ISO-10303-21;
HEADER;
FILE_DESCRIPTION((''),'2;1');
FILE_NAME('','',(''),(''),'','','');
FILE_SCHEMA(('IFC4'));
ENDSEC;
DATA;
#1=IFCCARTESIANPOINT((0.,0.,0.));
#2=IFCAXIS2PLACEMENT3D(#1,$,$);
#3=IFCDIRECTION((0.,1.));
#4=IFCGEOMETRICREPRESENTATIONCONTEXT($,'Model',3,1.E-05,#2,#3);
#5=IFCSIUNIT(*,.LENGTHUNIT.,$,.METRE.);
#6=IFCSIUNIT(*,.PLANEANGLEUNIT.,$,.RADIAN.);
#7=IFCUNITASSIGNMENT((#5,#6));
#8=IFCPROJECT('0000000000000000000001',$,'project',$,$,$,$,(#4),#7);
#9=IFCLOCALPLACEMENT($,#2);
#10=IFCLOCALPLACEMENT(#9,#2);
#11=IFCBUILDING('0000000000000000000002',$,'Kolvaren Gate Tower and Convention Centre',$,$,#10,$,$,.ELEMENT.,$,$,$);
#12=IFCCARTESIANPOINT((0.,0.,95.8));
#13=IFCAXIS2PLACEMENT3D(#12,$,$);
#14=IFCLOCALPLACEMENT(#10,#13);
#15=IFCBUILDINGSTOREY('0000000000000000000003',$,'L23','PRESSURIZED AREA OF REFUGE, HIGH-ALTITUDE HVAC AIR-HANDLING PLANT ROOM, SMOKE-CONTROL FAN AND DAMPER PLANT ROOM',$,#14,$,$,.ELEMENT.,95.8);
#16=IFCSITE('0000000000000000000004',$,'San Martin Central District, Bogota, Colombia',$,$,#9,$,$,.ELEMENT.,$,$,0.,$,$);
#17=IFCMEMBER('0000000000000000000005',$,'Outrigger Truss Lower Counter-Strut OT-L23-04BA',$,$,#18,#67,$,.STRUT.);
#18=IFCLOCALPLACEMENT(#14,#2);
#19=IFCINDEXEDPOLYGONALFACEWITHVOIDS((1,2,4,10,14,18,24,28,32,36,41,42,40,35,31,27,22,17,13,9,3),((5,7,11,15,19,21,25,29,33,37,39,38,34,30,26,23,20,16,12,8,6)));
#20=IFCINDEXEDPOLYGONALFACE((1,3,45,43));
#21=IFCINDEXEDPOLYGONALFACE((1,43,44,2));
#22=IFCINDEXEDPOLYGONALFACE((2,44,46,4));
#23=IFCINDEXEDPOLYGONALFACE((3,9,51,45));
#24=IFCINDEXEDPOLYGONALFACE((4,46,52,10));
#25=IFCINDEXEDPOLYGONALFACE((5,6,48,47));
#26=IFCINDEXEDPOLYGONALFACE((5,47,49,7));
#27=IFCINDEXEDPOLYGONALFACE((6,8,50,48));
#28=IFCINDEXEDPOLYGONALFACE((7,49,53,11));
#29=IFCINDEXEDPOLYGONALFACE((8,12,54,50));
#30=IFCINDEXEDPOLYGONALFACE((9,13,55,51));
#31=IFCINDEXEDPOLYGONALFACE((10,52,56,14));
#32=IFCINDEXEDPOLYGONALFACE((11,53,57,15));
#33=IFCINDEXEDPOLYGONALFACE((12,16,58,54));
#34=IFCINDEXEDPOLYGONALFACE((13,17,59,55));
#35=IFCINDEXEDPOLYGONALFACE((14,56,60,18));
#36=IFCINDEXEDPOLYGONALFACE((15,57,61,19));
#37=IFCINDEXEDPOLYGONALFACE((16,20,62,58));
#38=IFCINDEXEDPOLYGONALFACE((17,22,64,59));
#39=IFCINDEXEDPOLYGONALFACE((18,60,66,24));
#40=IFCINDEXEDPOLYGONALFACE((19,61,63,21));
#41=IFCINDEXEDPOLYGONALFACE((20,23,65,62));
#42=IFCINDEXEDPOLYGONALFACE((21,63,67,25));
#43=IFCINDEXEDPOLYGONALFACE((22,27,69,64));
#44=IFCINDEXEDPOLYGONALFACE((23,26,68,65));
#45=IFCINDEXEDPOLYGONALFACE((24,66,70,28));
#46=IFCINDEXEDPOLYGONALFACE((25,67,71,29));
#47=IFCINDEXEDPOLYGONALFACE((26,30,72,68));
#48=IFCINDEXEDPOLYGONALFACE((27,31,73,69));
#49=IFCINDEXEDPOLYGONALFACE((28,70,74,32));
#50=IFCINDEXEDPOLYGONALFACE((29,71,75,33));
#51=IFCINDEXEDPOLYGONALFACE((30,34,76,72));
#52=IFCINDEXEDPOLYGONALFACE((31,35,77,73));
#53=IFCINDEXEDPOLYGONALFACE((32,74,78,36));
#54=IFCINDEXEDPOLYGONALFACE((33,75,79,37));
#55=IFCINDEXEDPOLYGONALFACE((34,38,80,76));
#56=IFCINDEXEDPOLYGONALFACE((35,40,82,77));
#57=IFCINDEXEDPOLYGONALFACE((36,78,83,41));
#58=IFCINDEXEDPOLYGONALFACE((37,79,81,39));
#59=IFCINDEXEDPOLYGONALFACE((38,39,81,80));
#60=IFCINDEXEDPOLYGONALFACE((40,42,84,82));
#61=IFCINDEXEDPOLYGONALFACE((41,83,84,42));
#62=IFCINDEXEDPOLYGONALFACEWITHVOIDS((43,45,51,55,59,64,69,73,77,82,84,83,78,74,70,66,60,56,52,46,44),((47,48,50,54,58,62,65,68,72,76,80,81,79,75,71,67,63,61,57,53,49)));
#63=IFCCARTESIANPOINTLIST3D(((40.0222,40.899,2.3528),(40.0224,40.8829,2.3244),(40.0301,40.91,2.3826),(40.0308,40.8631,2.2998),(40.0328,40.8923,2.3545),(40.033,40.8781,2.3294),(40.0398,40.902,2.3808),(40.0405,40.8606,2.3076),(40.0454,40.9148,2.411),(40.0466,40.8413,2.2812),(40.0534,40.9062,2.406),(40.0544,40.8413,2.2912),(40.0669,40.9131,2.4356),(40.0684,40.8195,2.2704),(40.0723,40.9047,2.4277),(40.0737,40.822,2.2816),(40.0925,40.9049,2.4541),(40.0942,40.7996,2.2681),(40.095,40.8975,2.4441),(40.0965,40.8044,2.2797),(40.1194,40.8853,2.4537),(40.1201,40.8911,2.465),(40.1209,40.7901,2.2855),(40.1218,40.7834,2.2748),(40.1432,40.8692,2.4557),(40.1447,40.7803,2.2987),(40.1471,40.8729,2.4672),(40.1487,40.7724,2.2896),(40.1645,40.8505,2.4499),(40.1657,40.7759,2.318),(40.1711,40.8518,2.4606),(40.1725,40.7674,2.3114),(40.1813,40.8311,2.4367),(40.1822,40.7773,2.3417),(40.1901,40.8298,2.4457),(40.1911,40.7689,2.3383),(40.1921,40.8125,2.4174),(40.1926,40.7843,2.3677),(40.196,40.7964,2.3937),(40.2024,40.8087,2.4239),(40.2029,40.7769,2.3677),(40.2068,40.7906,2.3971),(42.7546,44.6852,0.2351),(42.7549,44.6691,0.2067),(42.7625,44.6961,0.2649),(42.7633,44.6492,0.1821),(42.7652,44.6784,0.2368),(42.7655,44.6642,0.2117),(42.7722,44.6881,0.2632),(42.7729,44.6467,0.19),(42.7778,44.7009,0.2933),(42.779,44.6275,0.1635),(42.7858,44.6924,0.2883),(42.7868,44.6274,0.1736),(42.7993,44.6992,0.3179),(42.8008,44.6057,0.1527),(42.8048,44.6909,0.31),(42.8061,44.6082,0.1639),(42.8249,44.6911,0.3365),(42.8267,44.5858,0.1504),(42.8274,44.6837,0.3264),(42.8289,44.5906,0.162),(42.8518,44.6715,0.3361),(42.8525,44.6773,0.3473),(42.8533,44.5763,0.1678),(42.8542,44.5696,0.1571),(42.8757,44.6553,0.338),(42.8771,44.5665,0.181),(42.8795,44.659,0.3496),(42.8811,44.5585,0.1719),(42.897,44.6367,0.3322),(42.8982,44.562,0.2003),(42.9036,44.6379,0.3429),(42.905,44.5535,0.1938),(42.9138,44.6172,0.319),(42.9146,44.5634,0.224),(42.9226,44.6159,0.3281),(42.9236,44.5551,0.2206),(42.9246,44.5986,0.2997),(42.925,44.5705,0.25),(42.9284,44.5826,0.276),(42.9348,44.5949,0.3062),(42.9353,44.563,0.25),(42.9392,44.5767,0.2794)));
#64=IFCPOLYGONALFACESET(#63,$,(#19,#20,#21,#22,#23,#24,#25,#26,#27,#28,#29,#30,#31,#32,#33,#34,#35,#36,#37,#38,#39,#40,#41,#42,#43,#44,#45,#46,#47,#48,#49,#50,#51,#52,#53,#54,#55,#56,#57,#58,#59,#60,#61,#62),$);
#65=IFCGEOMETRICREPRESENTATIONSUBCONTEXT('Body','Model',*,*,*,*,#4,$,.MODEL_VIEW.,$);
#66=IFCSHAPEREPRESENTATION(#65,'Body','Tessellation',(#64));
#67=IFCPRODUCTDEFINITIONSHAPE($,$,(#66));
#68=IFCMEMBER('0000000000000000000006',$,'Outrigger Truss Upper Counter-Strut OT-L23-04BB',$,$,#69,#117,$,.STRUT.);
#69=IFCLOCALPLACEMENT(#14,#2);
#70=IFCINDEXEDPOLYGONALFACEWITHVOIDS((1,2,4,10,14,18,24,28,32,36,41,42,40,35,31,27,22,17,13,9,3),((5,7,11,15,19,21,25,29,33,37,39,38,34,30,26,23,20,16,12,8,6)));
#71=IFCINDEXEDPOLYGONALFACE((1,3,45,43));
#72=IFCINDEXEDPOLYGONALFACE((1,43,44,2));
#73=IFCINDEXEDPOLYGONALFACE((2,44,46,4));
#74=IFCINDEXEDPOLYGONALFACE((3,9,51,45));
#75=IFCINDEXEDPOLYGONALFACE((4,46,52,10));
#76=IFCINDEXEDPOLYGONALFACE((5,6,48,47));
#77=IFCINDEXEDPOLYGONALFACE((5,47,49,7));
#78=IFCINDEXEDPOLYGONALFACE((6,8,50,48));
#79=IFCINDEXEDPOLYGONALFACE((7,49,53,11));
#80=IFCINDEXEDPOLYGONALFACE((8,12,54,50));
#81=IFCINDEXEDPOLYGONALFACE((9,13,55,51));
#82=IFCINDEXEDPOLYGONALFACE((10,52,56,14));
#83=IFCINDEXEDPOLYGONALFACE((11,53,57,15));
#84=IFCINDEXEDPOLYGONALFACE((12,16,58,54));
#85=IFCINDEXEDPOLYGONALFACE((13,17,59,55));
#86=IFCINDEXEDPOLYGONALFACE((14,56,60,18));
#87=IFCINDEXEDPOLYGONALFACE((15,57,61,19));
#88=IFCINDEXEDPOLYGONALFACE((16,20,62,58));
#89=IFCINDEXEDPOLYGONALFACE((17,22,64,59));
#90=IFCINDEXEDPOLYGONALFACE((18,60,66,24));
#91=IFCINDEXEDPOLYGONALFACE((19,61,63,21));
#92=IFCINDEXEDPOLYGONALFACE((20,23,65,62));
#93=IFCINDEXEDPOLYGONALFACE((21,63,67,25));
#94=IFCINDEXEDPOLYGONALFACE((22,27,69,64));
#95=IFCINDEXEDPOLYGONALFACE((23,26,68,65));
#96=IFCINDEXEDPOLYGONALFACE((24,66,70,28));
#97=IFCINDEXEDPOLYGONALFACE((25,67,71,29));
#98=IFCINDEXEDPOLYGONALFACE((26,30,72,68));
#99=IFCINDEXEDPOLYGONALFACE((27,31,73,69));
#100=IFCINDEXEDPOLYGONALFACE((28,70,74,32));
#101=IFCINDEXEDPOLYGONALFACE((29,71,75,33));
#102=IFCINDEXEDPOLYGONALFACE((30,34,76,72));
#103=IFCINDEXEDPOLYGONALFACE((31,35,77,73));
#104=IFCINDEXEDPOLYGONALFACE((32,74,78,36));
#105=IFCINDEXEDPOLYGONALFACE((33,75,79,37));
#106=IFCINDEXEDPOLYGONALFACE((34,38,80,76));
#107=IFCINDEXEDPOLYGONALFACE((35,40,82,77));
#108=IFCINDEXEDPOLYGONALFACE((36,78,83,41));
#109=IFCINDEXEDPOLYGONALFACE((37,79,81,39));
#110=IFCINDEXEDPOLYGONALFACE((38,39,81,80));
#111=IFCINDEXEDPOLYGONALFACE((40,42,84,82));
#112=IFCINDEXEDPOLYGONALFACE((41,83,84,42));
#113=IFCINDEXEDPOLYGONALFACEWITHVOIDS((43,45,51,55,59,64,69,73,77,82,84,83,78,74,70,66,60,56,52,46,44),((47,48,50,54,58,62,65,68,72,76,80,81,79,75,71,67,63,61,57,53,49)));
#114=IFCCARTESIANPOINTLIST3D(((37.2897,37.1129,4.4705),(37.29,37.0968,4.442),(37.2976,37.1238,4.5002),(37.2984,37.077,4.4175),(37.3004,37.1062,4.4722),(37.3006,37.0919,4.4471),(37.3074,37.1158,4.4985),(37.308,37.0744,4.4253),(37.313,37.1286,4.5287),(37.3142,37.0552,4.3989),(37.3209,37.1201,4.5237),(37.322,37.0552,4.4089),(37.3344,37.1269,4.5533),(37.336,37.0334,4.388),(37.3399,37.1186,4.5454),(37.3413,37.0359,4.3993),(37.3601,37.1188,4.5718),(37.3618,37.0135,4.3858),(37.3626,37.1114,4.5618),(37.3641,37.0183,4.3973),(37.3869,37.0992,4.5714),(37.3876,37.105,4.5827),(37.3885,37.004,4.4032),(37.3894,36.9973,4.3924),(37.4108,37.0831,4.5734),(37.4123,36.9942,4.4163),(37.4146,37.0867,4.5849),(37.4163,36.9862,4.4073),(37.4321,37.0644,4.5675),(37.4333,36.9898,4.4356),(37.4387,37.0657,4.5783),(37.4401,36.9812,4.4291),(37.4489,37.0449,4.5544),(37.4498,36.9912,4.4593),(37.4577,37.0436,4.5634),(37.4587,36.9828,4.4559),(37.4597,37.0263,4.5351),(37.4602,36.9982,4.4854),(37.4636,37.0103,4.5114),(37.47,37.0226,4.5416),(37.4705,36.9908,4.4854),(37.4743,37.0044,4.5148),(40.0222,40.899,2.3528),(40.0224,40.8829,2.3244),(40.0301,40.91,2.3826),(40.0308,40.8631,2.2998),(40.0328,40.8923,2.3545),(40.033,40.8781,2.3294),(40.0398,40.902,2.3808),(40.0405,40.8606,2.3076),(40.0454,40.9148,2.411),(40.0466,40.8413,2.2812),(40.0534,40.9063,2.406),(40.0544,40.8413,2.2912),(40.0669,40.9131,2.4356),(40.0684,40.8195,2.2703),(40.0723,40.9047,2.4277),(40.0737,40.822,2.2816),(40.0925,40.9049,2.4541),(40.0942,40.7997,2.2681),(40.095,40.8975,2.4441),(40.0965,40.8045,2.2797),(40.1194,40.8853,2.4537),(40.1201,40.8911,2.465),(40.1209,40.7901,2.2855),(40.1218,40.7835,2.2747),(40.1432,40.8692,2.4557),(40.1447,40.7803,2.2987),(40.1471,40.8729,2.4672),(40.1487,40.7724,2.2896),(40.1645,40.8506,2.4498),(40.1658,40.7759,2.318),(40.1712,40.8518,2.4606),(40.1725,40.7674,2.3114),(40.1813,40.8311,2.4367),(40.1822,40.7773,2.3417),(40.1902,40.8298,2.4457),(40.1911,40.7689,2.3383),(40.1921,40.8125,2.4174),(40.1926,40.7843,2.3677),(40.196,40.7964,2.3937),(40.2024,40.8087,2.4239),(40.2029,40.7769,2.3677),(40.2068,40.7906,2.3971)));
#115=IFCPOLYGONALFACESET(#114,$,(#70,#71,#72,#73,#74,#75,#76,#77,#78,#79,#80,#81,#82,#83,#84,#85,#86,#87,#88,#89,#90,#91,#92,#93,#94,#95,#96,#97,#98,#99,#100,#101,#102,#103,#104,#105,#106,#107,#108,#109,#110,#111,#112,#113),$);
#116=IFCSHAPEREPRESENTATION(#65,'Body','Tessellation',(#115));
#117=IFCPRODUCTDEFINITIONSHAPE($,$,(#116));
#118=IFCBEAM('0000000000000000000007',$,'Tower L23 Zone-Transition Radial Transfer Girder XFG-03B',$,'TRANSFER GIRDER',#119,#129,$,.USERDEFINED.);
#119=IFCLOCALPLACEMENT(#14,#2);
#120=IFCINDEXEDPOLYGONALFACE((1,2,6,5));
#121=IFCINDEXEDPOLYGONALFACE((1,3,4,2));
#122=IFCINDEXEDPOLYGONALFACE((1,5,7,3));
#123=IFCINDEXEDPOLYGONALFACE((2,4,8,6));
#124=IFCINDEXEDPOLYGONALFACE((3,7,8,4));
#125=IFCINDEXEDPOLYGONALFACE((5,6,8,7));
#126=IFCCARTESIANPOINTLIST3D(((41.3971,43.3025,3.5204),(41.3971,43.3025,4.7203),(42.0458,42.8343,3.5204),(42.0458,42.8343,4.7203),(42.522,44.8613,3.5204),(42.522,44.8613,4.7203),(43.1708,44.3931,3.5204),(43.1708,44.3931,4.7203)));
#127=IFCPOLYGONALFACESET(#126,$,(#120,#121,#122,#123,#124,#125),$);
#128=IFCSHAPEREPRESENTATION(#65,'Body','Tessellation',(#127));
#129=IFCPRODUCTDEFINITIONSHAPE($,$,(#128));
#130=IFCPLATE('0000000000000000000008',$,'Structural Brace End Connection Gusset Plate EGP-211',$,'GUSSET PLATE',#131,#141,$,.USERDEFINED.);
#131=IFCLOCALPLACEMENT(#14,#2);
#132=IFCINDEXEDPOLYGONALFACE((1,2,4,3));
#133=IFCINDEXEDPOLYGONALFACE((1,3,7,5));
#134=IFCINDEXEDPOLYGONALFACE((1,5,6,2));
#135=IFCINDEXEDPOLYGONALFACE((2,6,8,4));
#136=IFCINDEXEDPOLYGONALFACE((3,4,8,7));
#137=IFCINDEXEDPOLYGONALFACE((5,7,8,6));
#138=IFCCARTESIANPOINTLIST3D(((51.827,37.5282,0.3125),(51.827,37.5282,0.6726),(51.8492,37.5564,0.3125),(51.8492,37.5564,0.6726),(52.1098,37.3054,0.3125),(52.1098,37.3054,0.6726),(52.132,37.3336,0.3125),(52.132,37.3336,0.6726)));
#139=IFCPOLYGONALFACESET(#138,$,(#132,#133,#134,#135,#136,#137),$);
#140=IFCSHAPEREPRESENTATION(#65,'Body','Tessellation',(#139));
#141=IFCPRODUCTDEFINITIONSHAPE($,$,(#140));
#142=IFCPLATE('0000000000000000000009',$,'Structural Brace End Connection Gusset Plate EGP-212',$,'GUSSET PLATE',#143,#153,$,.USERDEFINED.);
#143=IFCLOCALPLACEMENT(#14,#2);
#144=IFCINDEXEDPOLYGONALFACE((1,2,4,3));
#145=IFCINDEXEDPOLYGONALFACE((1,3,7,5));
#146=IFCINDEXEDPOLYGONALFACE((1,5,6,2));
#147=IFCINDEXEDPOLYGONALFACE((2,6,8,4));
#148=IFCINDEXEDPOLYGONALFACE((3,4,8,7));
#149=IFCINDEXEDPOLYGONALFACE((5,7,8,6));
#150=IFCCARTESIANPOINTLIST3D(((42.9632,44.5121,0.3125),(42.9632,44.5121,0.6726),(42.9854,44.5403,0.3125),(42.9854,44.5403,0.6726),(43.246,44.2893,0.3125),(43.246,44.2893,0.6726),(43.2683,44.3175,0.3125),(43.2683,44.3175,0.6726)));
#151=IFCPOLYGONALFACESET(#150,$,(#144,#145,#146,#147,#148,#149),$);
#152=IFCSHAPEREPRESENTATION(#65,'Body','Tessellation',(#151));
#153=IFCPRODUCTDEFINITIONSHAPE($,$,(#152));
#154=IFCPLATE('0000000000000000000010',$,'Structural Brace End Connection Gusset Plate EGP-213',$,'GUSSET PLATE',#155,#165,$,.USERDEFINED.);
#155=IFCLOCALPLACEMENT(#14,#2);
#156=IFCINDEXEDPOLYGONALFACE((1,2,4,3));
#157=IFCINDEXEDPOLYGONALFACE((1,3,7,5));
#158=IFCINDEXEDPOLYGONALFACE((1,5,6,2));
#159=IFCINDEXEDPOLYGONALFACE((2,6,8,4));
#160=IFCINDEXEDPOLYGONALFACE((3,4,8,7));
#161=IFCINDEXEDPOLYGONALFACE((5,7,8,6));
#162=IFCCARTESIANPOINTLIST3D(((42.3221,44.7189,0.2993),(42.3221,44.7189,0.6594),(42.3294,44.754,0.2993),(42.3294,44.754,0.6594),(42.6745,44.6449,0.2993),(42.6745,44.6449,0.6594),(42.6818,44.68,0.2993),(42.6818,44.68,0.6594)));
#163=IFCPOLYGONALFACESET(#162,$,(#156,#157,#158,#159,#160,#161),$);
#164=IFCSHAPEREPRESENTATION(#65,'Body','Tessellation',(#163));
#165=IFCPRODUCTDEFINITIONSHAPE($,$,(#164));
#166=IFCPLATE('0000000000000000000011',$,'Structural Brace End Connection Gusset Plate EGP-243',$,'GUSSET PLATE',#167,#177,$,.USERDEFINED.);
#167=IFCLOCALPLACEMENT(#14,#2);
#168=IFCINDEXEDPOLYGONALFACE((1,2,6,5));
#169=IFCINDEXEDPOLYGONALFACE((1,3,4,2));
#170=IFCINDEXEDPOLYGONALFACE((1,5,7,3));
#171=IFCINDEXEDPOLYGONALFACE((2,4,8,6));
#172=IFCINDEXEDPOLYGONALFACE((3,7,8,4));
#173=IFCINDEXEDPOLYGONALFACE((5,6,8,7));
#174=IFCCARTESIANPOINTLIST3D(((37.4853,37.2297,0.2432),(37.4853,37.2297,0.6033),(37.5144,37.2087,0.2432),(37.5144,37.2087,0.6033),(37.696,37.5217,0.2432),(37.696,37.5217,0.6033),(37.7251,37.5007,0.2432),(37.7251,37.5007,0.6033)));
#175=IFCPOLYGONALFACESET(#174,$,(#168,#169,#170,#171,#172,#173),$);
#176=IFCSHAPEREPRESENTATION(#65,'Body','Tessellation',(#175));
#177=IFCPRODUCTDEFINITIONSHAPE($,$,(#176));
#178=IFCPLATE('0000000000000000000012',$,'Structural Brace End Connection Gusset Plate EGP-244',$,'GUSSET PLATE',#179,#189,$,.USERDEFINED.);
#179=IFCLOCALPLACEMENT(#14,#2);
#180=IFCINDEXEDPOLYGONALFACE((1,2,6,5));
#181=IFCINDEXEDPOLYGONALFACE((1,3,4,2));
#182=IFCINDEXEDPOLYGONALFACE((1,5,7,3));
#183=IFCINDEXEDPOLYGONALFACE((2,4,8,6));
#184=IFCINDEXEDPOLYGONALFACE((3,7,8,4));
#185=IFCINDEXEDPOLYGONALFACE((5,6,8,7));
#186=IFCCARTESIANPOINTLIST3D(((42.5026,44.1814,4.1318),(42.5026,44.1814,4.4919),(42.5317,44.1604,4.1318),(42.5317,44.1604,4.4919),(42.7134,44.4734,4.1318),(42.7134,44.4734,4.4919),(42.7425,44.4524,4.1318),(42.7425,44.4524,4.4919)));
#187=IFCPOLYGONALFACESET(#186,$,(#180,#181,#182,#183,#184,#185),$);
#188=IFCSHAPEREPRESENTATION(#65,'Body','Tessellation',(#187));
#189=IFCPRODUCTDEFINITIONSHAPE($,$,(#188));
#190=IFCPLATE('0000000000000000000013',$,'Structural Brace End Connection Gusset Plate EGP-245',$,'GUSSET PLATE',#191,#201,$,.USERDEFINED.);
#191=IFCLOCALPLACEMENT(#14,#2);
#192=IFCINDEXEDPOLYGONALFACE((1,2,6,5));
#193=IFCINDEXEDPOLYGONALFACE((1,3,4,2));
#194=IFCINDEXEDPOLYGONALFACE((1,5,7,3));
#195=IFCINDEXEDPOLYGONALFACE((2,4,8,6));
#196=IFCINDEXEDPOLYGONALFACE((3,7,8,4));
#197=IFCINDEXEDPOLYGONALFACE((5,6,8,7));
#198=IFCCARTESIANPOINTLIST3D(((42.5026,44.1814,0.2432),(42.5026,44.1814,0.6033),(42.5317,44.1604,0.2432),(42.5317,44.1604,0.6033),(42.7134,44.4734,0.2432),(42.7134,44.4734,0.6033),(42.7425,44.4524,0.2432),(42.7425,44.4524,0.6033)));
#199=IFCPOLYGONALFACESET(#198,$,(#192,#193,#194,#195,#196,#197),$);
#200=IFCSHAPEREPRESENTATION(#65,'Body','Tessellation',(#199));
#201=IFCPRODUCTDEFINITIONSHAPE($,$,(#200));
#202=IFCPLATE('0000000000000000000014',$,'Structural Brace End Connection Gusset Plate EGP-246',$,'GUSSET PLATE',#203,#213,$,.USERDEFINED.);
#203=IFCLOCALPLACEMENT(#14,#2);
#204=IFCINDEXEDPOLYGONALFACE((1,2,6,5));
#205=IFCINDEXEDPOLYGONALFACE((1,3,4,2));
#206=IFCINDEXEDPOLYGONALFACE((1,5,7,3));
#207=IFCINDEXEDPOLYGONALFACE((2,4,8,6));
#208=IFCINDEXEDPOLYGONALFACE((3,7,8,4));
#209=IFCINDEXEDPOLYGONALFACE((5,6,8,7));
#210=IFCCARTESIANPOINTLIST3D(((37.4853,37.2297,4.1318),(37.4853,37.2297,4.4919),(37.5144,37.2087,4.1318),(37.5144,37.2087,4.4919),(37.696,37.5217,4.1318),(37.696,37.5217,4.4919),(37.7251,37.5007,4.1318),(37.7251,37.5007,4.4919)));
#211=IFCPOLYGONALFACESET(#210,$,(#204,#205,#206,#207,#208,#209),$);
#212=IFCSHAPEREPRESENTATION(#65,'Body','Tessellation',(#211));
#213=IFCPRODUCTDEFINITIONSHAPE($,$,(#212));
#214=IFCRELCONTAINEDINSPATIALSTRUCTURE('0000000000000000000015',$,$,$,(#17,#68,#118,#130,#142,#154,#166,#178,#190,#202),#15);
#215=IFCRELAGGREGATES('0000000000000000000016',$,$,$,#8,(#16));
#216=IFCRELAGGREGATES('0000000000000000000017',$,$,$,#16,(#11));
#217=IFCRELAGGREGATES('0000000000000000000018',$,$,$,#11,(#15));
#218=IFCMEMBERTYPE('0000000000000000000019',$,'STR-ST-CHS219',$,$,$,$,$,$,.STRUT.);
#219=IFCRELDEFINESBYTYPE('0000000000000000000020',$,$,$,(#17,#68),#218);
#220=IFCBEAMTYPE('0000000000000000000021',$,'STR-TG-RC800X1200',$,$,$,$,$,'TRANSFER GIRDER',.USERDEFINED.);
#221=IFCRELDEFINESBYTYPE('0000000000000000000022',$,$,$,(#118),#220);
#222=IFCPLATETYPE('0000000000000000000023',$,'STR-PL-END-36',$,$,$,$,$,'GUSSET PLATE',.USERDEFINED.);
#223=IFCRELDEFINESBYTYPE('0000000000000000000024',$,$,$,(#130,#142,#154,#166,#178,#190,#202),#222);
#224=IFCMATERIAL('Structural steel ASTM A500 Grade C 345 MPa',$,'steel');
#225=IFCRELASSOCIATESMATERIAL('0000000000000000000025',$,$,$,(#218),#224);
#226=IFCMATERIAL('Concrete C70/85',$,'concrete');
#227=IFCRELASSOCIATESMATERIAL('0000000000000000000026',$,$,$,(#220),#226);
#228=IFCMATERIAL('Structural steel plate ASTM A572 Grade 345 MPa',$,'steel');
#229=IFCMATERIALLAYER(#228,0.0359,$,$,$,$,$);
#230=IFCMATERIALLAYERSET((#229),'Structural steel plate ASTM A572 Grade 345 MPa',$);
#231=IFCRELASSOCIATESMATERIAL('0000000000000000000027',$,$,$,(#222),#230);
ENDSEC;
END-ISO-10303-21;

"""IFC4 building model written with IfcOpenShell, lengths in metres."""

from ifc_helpers import new_model, si_unit, direction, frame, origin, origin_2d, place, context, subcontext, project, spatial, rectangle, hollow_circle, extrude, material, layer, layer_set, material_profile, profile_set, type_object, element, save


model = new_model("IFC4")

# Units and contexts
model_context = context("Model", 3, precision=1e-05, world=origin(), true_north=direction((0.0, 1.0)))
body_context = subcontext(model_context, "Body", "Model", "MODEL_VIEW")
ifc_project = project(units=[si_unit("LENGTHUNIT", "METRE"), si_unit("PLANEANGLEUNIT", "RADIAN")], contexts=[model_context])

# Site, building, storey
site_placement = place(None, origin())
site = spatial("IfcSite", under=ifc_project, at=site_placement, Name="San Martin Central District, Bogota, Colombia", CompositionType="ELEMENT", RefElevation=0.0)
building_placement = place(site_placement, origin())
building = spatial("IfcBuilding", under=site, at=building_placement, Name="Kolvaren Gate Tower and Convention Centre", CompositionType="ELEMENT")
storey_placement = place(building_placement, frame((0.0, 0.0, 95.8)))
storey = spatial("IfcBuildingStorey", under=building, at=storey_placement, Name="L23", Description="PRESSURIZED AREA OF REFUGE, HIGH-ALTITUDE HVAC AIR-HANDLING PLANT ROOM, SMOKE-CONTROL FAN AND DAMPER PLANT ROOM", CompositionType="ELEMENT", Elevation=95.8)

# Shared definitions
ifc_material_1 = material(Name="Concrete C70/85", Category="concrete")

# Shared definitions
ifc_material_2 = material(Name="Structural steel ASTM A500 Grade C 345 MPa", Category="steel")

# Members
ifc_material_profile_1 = material_profile(ifc_material_2, hollow_circle(Radius=0.1096, WallThickness=0.0127, at=origin_2d()), Name="CHS219X12.7")
ifc_profile_set_1 = profile_set([ifc_material_profile_1], Name="Structural steel ASTM A500 Grade C 345 MPa")
member_type_1 = type_object("IfcMemberType", Name="STR-ST-CHS219", PredefinedType="STRUT", material=ifc_profile_set_1)
for number, where, z_axis, x_axis, name in (
    (1, (42.8464, 44.6272, 0.25), (-0.532954, -0.738479, 0.413049), (0.810883, -0.585208, 0.0), "Outrigger Truss Lower Counter-Strut OT-L23-04BA"),
    (2, (40.114, 40.8411, 2.3677), (-0.532954, -0.738479, 0.413049), (0.810883, -0.585208, 0.0), "Outrigger Truss Upper Counter-Strut OT-L23-04BB"),
):
    element("IfcMember", number, at=place(storey_placement, frame(where, z_axis=z_axis, x_axis=x_axis)), inside=storey, type_object=member_type_1, Name=name, PredefinedType="STRUT", context=body_context, shape_type="SweptSolid", body=[
        extrude(hollow_circle(Radius=0.1096, WallThickness=0.0127, at=origin_2d()), origin(), (0.0, 0.0, 1.0), 5.127),
    ])

# Beam
ifc_material_profile_2 = material_profile(ifc_material_1, rectangle(XDim=0.8, YDim=1.2, at=origin_2d()), Name="RC-BM-800X1200")
ifc_profile_set_2 = profile_set([ifc_material_profile_2], Name="Concrete C70/85")
beam_type_1 = type_object("IfcBeamType", Name="STR-TG-RC800X1200", ElementType="TRANSFER GIRDER", PredefinedType="USERDEFINED", material=ifc_profile_set_2)
beam_1_placement = place(storey_placement, frame((41.7214, 43.0684, 4.1204), z_axis=(0.585208, 0.810883, 0.0), x_axis=(-0.810883, 0.585208, 0.0)))
element("IfcBeam", 3, at=beam_1_placement, inside=storey, type_object=beam_type_1, Name="Tower L23 Zone-Transition Radial Transfer Girder XFG-03B", ObjectType="TRANSFER GIRDER", PredefinedType="USERDEFINED", context=body_context, shape_type="SweptSolid", body=[
    extrude(rectangle(XDim=0.8, YDim=1.2, at=origin_2d()), origin(), (0.0, 0.0, 1.0), 1.9224),
])

# Plates
ifc_material_3 = material(Name="Structural steel plate ASTM A572 Grade 345 MPa", Category="steel")
ifc_layer_1 = layer(ifc_material_3, 0.0359)
ifc_layer_set_1 = layer_set([ifc_layer_1], Name="Structural steel plate ASTM A572 Grade 345 MPa")
plate_type_1 = type_object("IfcPlateType", Name="STR-PL-END-36", ElementType="GUSSET PLATE", PredefinedType="USERDEFINED", material=ifc_layer_set_1)
for number, where, z_axis, x_axis, name in (
    (4, (51.9795, 37.4309, 0.3125), (0.0, 0.0, 1.0), (-0.785474, 0.618895, 0.0), "Structural Brace End Connection Gusset Plate EGP-211"),
    (5, (43.1157, 44.4148, 0.3125), (0.0, 0.0, 1.0), (0.785465, -0.618906, 0.0), "Structural Brace End Connection Gusset Plate EGP-212"),
    (6, (42.502, 44.6995, 0.2993), (0.0, 0.0, 1.0), (-0.978633, 0.205613, 0.0), "Structural Brace End Connection Gusset Plate EGP-213"),
    (7, (37.6052, 37.3652, 0.2432), (0.0, 0.0, 1.0), (0.585221, 0.810874, 0.0), "Structural Brace End Connection Gusset Plate EGP-243"),
    (8, (42.6226, 44.3169, 4.1318), (0.0, 0.0, 1.0), (0.585221, 0.810874, 0.0), "Structural Brace End Connection Gusset Plate EGP-244"),
    (9, (42.6226, 44.3169, 0.2432), (0.0, 0.0, 1.0), (-0.585208, -0.810883, 0.0), "Structural Brace End Connection Gusset Plate EGP-245"),
    (10, (37.6052, 37.3652, 4.1318), (0.0, 0.0, 1.0), (-0.585232, -0.810866, 0.0), "Structural Brace End Connection Gusset Plate EGP-246"),
):
    element("IfcPlate", number, at=place(storey_placement, frame(where, z_axis=z_axis, x_axis=x_axis)), inside=storey, type_object=plate_type_1, Name=name, ObjectType="GUSSET PLATE", PredefinedType="USERDEFINED", context=body_context, shape_type="SweptSolid", body=[
        extrude(rectangle(XDim=0.3601, YDim=0.0359, at=origin_2d()), origin(), (0.0, 0.0, 1.0), 0.3601),
    ])

save(model, "model.ifc")
